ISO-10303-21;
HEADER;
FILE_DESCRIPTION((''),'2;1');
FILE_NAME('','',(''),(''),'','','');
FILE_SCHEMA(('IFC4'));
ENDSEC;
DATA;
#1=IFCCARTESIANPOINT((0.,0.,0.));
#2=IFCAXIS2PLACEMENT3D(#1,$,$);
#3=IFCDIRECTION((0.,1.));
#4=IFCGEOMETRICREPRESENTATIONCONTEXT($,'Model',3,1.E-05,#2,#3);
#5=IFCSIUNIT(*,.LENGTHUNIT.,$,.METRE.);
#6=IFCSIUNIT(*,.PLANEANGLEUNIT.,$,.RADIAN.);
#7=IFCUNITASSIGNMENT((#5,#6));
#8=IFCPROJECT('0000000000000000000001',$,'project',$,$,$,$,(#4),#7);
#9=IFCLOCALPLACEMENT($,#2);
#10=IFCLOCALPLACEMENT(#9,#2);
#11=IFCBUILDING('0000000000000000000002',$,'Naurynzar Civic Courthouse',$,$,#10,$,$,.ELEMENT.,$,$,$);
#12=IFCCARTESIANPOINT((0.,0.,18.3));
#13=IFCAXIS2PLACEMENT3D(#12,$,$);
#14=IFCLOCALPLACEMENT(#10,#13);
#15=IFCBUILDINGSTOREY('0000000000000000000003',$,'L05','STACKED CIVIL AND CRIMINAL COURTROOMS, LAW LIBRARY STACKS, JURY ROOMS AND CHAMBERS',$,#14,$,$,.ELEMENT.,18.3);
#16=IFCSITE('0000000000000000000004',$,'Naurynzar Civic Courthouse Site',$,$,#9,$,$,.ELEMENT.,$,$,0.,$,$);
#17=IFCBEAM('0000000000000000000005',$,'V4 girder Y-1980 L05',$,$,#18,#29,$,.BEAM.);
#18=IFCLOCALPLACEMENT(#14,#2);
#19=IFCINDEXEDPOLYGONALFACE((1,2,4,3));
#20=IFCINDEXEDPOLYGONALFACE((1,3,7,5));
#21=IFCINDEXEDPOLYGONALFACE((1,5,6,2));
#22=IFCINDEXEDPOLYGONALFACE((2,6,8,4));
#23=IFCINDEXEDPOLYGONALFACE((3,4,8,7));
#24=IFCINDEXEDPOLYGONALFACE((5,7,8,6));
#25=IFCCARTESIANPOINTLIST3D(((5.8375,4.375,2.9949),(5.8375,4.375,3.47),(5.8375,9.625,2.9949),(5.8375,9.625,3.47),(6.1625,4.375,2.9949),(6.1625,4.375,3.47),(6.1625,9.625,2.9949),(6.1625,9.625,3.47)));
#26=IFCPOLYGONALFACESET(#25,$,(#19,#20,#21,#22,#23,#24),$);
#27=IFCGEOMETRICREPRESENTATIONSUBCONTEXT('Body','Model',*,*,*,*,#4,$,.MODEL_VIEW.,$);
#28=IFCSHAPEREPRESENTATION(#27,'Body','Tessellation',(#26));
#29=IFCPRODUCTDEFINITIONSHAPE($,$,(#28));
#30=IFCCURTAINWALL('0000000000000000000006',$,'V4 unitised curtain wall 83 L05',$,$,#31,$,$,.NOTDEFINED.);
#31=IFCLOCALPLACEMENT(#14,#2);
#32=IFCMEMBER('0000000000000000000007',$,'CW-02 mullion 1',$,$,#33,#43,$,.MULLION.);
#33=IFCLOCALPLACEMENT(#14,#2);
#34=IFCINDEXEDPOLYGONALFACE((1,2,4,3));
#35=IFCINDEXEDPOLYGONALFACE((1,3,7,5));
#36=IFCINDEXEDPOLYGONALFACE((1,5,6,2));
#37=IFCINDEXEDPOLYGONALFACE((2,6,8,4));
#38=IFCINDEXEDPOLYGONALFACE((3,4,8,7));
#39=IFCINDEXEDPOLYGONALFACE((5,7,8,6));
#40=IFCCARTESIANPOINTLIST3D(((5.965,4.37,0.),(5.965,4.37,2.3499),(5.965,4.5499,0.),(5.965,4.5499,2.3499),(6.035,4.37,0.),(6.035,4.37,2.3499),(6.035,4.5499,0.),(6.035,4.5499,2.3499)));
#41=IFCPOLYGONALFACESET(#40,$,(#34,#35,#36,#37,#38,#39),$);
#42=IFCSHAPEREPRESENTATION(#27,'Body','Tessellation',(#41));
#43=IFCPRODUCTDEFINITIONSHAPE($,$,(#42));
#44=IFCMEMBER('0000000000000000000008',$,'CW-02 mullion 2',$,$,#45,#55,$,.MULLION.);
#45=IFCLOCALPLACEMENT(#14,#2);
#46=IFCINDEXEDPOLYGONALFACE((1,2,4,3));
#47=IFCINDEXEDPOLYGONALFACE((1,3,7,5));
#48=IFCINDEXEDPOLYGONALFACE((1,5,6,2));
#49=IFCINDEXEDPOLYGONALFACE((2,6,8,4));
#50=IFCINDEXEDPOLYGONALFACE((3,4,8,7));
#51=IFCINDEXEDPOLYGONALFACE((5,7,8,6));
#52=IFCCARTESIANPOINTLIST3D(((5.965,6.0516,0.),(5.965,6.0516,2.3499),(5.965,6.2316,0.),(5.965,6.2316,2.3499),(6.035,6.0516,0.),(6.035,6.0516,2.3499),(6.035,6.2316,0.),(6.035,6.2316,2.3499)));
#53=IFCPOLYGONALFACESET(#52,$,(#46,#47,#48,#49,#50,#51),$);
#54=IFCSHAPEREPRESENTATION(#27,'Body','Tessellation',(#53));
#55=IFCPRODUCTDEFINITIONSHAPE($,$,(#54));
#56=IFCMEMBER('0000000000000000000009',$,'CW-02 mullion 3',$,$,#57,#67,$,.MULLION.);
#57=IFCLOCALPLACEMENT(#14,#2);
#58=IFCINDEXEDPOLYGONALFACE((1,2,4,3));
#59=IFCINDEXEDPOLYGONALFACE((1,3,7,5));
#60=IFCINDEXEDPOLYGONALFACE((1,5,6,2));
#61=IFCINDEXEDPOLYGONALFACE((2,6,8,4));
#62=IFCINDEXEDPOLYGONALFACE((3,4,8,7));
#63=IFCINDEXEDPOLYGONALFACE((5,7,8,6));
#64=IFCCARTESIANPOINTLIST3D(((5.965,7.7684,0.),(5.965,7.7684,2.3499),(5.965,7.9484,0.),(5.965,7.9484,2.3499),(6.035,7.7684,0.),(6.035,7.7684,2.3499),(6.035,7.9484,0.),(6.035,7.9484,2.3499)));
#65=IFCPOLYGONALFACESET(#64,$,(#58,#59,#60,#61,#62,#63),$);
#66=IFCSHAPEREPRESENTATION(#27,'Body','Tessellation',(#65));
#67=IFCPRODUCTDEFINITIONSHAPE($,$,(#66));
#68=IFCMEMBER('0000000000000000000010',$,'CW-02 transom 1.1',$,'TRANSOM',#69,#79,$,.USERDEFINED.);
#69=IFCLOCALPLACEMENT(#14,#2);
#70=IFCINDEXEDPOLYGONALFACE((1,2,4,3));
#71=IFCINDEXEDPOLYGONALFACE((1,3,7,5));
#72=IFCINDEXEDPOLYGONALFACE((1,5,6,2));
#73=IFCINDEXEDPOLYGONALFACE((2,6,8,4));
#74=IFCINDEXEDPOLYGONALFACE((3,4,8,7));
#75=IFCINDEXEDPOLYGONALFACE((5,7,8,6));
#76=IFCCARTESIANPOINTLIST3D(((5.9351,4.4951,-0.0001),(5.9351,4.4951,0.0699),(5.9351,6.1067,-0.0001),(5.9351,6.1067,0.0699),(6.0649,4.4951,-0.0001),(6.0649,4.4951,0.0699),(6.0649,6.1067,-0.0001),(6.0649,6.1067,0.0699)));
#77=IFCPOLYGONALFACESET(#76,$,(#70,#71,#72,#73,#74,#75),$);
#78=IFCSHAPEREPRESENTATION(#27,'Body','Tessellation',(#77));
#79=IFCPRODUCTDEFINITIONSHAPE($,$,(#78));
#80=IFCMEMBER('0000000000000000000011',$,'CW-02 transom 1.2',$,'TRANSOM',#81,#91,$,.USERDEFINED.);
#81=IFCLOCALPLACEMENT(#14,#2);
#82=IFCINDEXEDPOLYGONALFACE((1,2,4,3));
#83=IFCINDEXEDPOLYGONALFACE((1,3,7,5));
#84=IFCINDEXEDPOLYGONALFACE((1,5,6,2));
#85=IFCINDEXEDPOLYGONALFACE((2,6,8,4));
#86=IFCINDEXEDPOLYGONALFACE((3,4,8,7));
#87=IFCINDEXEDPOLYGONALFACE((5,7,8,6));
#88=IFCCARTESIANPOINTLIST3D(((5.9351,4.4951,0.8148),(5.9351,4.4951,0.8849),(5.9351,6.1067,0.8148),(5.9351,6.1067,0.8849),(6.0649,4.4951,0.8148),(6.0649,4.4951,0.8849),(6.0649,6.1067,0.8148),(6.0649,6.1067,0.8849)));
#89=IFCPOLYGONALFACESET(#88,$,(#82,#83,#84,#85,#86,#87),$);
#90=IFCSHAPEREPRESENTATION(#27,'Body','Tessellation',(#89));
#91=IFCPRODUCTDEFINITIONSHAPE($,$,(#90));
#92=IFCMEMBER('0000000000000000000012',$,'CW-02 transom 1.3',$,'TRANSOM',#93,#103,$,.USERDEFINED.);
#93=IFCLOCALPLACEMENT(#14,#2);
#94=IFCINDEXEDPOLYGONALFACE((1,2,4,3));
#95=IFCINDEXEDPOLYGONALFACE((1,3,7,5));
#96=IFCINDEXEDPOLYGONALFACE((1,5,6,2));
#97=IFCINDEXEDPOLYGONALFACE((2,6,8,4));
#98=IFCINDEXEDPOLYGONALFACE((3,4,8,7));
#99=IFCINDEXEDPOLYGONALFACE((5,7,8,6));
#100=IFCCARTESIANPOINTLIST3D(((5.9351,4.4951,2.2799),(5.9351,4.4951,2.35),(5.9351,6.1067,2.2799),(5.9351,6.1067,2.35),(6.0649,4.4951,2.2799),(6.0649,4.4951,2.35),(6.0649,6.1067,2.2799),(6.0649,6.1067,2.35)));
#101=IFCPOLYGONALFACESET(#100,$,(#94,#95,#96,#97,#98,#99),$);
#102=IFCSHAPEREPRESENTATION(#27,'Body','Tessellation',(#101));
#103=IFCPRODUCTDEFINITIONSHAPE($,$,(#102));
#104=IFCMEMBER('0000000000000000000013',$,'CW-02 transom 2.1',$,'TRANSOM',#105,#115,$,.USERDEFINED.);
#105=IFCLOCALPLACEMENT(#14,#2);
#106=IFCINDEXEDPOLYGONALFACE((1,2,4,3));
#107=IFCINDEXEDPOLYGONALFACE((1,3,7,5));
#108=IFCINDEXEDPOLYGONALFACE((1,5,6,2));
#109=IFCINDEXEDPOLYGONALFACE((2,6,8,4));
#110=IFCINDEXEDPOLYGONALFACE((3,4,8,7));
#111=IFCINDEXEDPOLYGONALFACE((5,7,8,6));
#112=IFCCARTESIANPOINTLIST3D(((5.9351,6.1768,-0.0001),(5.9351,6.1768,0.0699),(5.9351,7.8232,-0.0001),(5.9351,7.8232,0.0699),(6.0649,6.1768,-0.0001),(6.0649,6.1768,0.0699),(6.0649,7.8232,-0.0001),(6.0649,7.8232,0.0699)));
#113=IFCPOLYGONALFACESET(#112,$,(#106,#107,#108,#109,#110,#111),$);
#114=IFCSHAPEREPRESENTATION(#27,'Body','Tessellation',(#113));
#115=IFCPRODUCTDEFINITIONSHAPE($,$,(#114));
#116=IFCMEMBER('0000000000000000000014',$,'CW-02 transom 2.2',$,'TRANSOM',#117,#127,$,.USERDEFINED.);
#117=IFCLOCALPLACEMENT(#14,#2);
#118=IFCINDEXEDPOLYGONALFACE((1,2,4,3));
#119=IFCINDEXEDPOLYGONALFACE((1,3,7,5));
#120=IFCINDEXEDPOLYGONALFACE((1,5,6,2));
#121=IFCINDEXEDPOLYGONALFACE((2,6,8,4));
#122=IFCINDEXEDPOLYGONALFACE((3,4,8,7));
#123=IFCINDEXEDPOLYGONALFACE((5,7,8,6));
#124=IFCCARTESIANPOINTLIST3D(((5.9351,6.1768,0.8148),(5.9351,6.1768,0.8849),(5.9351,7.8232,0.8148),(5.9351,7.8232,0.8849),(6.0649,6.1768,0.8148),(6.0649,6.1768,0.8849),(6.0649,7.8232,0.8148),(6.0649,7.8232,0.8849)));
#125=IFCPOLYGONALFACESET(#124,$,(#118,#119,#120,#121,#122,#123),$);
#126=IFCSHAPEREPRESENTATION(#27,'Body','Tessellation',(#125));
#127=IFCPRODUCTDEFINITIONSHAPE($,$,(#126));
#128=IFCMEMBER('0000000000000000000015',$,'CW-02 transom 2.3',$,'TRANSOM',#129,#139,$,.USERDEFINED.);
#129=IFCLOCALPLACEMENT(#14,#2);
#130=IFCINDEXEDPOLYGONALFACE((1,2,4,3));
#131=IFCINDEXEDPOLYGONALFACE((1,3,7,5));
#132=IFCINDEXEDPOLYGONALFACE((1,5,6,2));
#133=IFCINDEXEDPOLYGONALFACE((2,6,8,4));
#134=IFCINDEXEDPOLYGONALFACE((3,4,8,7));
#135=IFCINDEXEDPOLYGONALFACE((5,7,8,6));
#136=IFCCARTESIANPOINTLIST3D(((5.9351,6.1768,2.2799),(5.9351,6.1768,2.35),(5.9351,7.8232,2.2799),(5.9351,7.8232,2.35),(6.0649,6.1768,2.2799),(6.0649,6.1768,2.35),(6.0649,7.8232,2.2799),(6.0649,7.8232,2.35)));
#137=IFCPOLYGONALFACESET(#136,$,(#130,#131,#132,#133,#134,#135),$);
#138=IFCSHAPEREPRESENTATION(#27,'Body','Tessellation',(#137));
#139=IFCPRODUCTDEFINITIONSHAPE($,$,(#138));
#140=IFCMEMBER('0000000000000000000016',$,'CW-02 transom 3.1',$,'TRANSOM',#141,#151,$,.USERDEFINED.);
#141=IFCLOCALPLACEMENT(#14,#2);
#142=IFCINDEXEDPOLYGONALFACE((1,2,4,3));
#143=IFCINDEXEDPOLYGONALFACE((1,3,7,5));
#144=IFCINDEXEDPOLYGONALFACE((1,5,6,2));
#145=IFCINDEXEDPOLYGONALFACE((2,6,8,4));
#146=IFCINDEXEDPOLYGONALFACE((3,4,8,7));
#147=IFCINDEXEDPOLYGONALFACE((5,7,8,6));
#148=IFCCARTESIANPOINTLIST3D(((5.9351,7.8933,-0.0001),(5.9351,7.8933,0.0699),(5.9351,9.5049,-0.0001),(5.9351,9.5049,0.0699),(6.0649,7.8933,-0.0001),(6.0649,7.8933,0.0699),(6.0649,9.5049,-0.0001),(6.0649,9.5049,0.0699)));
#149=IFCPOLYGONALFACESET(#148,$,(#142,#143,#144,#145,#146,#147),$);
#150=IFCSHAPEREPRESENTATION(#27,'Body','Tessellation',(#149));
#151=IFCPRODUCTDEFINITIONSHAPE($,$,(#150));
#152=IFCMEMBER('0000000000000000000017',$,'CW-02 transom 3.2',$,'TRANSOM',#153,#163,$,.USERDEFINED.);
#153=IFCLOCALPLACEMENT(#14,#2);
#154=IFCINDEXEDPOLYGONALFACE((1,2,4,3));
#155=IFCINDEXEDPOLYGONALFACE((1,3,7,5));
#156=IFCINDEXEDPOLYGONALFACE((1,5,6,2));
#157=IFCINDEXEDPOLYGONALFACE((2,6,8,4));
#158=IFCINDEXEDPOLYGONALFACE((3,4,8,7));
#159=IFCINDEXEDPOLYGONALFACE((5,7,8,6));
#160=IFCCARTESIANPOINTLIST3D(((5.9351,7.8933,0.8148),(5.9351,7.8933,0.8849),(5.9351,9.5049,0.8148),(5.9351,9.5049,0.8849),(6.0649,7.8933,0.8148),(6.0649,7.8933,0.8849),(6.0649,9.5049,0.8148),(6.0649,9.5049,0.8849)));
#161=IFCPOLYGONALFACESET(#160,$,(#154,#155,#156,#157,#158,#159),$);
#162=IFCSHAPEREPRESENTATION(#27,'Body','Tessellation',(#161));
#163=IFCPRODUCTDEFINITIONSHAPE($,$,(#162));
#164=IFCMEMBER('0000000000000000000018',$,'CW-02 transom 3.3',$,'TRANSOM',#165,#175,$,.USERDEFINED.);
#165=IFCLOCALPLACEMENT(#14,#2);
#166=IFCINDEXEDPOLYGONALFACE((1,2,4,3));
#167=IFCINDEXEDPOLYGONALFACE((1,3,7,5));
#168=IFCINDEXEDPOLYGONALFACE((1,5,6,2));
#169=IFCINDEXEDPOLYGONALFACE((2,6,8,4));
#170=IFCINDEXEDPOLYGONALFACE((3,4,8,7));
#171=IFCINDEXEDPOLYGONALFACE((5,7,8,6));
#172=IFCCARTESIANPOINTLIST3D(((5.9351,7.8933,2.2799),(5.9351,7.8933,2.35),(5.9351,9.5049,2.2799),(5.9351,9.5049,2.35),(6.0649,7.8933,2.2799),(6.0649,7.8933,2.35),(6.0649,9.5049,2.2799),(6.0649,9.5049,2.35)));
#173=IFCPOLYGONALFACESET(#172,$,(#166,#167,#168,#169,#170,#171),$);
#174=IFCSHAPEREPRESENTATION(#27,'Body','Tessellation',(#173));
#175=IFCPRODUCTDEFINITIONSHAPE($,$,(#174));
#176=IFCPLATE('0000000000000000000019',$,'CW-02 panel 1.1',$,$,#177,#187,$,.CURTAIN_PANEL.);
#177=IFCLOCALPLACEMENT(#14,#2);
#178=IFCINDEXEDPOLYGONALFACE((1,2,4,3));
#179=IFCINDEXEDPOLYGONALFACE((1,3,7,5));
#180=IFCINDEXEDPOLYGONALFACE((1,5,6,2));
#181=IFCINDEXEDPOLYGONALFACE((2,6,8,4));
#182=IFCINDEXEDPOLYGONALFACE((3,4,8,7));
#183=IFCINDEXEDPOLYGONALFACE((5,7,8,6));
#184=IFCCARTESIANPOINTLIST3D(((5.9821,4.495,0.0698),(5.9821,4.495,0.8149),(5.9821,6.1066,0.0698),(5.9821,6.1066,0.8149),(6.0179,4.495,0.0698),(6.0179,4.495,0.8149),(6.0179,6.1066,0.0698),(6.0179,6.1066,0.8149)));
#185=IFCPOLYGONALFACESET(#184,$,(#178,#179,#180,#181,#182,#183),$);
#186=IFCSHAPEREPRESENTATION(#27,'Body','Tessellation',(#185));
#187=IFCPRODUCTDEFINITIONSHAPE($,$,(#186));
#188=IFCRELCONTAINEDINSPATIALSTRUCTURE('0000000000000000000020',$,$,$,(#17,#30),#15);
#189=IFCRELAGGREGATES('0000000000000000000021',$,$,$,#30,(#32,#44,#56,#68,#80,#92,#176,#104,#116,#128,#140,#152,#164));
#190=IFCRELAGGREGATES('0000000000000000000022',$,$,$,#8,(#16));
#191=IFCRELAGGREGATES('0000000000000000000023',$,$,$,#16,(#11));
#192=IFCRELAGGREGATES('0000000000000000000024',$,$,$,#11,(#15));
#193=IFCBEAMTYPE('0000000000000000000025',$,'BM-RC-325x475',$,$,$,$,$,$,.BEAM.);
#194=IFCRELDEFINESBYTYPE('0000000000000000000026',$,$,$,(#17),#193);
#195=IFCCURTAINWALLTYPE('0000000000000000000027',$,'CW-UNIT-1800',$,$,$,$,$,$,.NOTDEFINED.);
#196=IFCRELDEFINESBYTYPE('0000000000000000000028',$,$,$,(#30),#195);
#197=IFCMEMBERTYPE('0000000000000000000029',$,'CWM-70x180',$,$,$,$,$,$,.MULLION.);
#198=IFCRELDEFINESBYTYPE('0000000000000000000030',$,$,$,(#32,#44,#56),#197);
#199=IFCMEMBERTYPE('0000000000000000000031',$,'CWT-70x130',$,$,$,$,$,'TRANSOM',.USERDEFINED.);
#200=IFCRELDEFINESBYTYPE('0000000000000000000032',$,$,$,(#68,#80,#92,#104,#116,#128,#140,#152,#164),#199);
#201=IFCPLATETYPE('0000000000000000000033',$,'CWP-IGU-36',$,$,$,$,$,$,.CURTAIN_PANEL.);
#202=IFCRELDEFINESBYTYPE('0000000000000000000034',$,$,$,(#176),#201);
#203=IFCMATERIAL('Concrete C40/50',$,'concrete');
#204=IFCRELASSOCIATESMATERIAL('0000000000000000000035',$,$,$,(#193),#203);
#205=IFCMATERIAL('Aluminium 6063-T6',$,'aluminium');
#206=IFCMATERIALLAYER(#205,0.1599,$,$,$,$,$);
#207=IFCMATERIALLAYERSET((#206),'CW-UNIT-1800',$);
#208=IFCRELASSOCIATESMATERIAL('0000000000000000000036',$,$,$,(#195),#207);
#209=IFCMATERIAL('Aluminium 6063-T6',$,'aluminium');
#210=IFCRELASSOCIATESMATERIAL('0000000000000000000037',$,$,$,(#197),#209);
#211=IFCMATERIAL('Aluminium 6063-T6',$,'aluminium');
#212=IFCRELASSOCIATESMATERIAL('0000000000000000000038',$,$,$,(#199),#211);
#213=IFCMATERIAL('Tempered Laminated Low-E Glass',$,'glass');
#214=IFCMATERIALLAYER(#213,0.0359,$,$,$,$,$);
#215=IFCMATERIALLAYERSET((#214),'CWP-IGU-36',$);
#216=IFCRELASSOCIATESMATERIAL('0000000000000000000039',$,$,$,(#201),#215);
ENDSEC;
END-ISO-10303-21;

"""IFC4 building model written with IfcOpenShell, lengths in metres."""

from ifc_helpers import new_model, si_unit, direction, frame, origin, origin_2d, place, context, subcontext, project, spatial, rectangle, extrude, material, layer, layer_set, material_profile, profile_set, type_object, element, aggregate, save


model = new_model("IFC4")

# Units and contexts
model_context = context("Model", 3, precision=1e-05, world=origin(), true_north=direction((0.0, 1.0)))
body_context = subcontext(model_context, "Body", "Model", "MODEL_VIEW")
ifc_project = project(units=[si_unit("LENGTHUNIT", "METRE"), si_unit("PLANEANGLEUNIT", "RADIAN")], contexts=[model_context])

# Site, building, storey
site_placement = place(None, origin())
site = spatial("IfcSite", under=ifc_project, at=site_placement, Name="Naurynzar Civic Courthouse Site", CompositionType="ELEMENT", RefElevation=0.0)
building_placement = place(site_placement, origin())
building = spatial("IfcBuilding", under=site, at=building_placement, Name="Naurynzar Civic Courthouse", CompositionType="ELEMENT")
storey_placement = place(building_placement, frame((0.0, 0.0, 18.3)))
storey = spatial("IfcBuildingStorey", under=building, at=storey_placement, Name="L05", Description="STACKED CIVIL AND CRIMINAL COURTROOMS, LAW LIBRARY STACKS, JURY ROOMS AND CHAMBERS", CompositionType="ELEMENT", Elevation=18.3)

# Beam
ifc_material_1 = material(Name="Concrete C40/50", Category="concrete")
ifc_material_profile_1 = material_profile(ifc_material_1, rectangle(XDim=0.325, YDim=0.4751, at=origin_2d()), Name="RCB 325x475")
ifc_profile_set_1 = profile_set([ifc_material_profile_1], Name="Concrete C40/50")
beam_type = type_object("IfcBeamType", Name="BM-RC-325x475", PredefinedType="BEAM", material=ifc_profile_set_1)
beam_placement = place(storey_placement, frame((6.0, 4.375, 3.2324), z_axis=(0.0, 1.0, 0.0), x_axis=(-1.0, 0.0, 0.0)))
element("IfcBeam", 1, at=beam_placement, inside=storey, type_object=beam_type, Name="V4 girder Y-1980 L05", PredefinedType="BEAM", context=body_context, shape_type="SweptSolid", body=[
    extrude(rectangle(XDim=0.325, YDim=0.4751, at=origin_2d()), origin(), (0.0, 0.0, 1.0), 5.25),
])

# Curtain wall, members, plate
ifc_material_2 = material(Name="Aluminium 6063-T6", Category="aluminium")
ifc_layer_1 = layer(ifc_material_2, 0.1599)
ifc_layer_set_1 = layer_set([ifc_layer_1], Name="CW-UNIT-1800")
curtain_wall_type = type_object("IfcCurtainWallType", Name="CW-UNIT-1800", PredefinedType="NOTDEFINED", material=ifc_layer_set_1)
curtain_wall_placement = place(storey_placement, origin())
curtain_wall = element("IfcCurtainWall", 2, at=curtain_wall_placement, inside=storey, type_object=curtain_wall_type, Name="V4 unitised curtain wall 83 L05", PredefinedType="NOTDEFINED")
ifc_material_3 = material(Name="Aluminium 6063-T6", Category="aluminium")
ifc_material_profile_2 = material_profile(ifc_material_3, rectangle(XDim=0.0701, YDim=0.1799, at=origin_2d()), Name="ALU MULLION 70x180")
ifc_profile_set_2 = profile_set([ifc_material_profile_2], Name="Aluminium 6063-T6")
member_type_1 = type_object("IfcMemberType", Name="CWM-70x180", PredefinedType="MULLION", material=ifc_profile_set_2)
member_1_placement = place(storey_placement, frame((6.0, 4.46, 0.0), z_axis=(0.0, 0.0, 1.0), x_axis=(-1.0, 0.0, 0.0)))
member_1 = element("IfcMember", 3, at=member_1_placement, type_object=member_type_1, Name="CW-02 mullion 1", PredefinedType="MULLION", context=body_context, shape_type="SweptSolid", body=[
    extrude(rectangle(XDim=0.0701, YDim=0.1799, at=origin_2d()), origin(), (0.0, 0.0, 1.0), 2.3499),
])
member_2_placement = place(storey_placement, frame((6.0, 6.1416, 0.0), z_axis=(0.0, 0.0, 1.0), x_axis=(-1.0, 0.0, 0.0)))
member_2 = element("IfcMember", 4, at=member_2_placement, type_object=member_type_1, Name="CW-02 mullion 2", PredefinedType="MULLION", context=body_context, shape_type="SweptSolid", body=[
    extrude(rectangle(XDim=0.0701, YDim=0.1799, at=origin_2d()), origin(), (0.0, 0.0, 1.0), 2.3499),
])
member_3_placement = place(storey_placement, frame((6.0, 7.8584, 0.0), z_axis=(0.0, 0.0, 1.0), x_axis=(-1.0, 0.0, 0.0)))
member_3 = element("IfcMember", 5, at=member_3_placement, type_object=member_type_1, Name="CW-02 mullion 3", PredefinedType="MULLION", context=body_context, shape_type="SweptSolid", body=[
    extrude(rectangle(XDim=0.0701, YDim=0.1799, at=origin_2d()), origin(), (0.0, 0.0, 1.0), 2.3499),
])
ifc_material_4 = material(Name="Aluminium 6063-T6", Category="aluminium")
ifc_material_profile_3 = material_profile(ifc_material_4, rectangle(XDim=0.1299, YDim=0.0701, at=origin_2d()), Name="ALU TRANSOM 70x130")
ifc_profile_set_3 = profile_set([ifc_material_profile_3], Name="Aluminium 6063-T6")
member_type_2 = type_object("IfcMemberType", Name="CWT-70x130", ElementType="TRANSOM", PredefinedType="USERDEFINED", material=ifc_profile_set_3)
member_4_placement = place(storey_placement, frame((6.0, 4.4951, 0.0349), z_axis=(0.0, 1.0, 0.0), x_axis=(-1.0, 0.0, 0.0)))
member_4 = element("IfcMember", 6, at=member_4_placement, type_object=member_type_2, Name="CW-02 transom 1.1", ObjectType="TRANSOM", PredefinedType="USERDEFINED", context=body_context, shape_type="SweptSolid", body=[
    extrude(rectangle(XDim=0.1299, YDim=0.0701, at=origin_2d()), origin(), (0.0, 0.0, 1.0), 1.6116),
])
member_5_placement = place(storey_placement, frame((6.0, 4.4951, 0.8499), z_axis=(0.0, 1.0, 0.0), x_axis=(-1.0, 0.0, 0.0)))
member_5 = element("IfcMember", 7, at=member_5_placement, type_object=member_type_2, Name="CW-02 transom 1.2", ObjectType="TRANSOM", PredefinedType="USERDEFINED", context=body_context, shape_type="SweptSolid", body=[
    extrude(rectangle(XDim=0.1299, YDim=0.0701, at=origin_2d()), origin(), (0.0, 0.0, 1.0), 1.6116),
])
member_6_placement = place(storey_placement, frame((6.0, 4.4951, 2.3149), z_axis=(0.0, 1.0, 0.0), x_axis=(-1.0, 0.0, 0.0)))
member_6 = element("IfcMember", 8, at=member_6_placement, type_object=member_type_2, Name="CW-02 transom 1.3", ObjectType="TRANSOM", PredefinedType="USERDEFINED", context=body_context, shape_type="SweptSolid", body=[
    extrude(rectangle(XDim=0.1299, YDim=0.0701, at=origin_2d()), origin(), (0.0, 0.0, 1.0), 1.6116),
])
member_7_placement = place(storey_placement, frame((6.0, 6.1768, 0.0349), z_axis=(0.0, 1.0, 0.0), x_axis=(-1.0, 0.0, 0.0)))
member_7 = element("IfcMember", 9, at=member_7_placement, type_object=member_type_2, Name="CW-02 transom 2.1", ObjectType="TRANSOM", PredefinedType="USERDEFINED", context=body_context, shape_type="SweptSolid", body=[
    extrude(rectangle(XDim=0.1299, YDim=0.0701, at=origin_2d()), origin(), (0.0, 0.0, 1.0), 1.6465),
])
member_8_placement = place(storey_placement, frame((6.0, 6.1768, 0.8499), z_axis=(0.0, 1.0, 0.0), x_axis=(-1.0, 0.0, 0.0)))
member_8 = element("IfcMember", 10, at=member_8_placement, type_object=member_type_2, Name="CW-02 transom 2.2", ObjectType="TRANSOM", PredefinedType="USERDEFINED", context=body_context, shape_type="SweptSolid", body=[
    extrude(rectangle(XDim=0.1299, YDim=0.0701, at=origin_2d()), origin(), (0.0, 0.0, 1.0), 1.6465),
])
member_9_placement = place(storey_placement, frame((6.0, 6.1768, 2.3149), z_axis=(0.0, 1.0, 0.0), x_axis=(-1.0, 0.0, 0.0)))
member_9 = element("IfcMember", 11, at=member_9_placement, type_object=member_type_2, Name="CW-02 transom 2.3", ObjectType="TRANSOM", PredefinedType="USERDEFINED", context=body_context, shape_type="SweptSolid", body=[
    extrude(rectangle(XDim=0.1299, YDim=0.0701, at=origin_2d()), origin(), (0.0, 0.0, 1.0), 1.6465),
])
member_10_placement = place(storey_placement, frame((6.0, 7.8933, 0.0349), z_axis=(0.0, 1.0, 0.0), x_axis=(-1.0, 0.0, 0.0)))
member_10 = element("IfcMember", 12, at=member_10_placement, type_object=member_type_2, Name="CW-02 transom 3.1", ObjectType="TRANSOM", PredefinedType="USERDEFINED", context=body_context, shape_type="SweptSolid", body=[
    extrude(rectangle(XDim=0.1299, YDim=0.0701, at=origin_2d()), origin(), (0.0, 0.0, 1.0), 1.6116),
])
member_11_placement = place(storey_placement, frame((6.0, 7.8933, 0.8499), z_axis=(0.0, 1.0, 0.0), x_axis=(-1.0, 0.0, 0.0)))
member_11 = element("IfcMember", 13, at=member_11_placement, type_object=member_type_2, Name="CW-02 transom 3.2", ObjectType="TRANSOM", PredefinedType="USERDEFINED", context=body_context, shape_type="SweptSolid", body=[
    extrude(rectangle(XDim=0.1299, YDim=0.0701, at=origin_2d()), origin(), (0.0, 0.0, 1.0), 1.6116),
])
member_12_placement = place(storey_placement, frame((6.0, 7.8933, 2.3149), z_axis=(0.0, 1.0, 0.0), x_axis=(-1.0, 0.0, 0.0)))
member_12 = element("IfcMember", 14, at=member_12_placement, type_object=member_type_2, Name="CW-02 transom 3.3", ObjectType="TRANSOM", PredefinedType="USERDEFINED", context=body_context, shape_type="SweptSolid", body=[
    extrude(rectangle(XDim=0.1299, YDim=0.0701, at=origin_2d()), origin(), (0.0, 0.0, 1.0), 1.6116),
])
ifc_material_5 = material(Name="Tempered Laminated Low-E Glass", Category="glass")
ifc_layer_2 = layer(ifc_material_5, 0.0359)
ifc_layer_set_2 = layer_set([ifc_layer_2], Name="CWP-IGU-36")
plate_type = type_object("IfcPlateType", Name="CWP-IGU-36", PredefinedType="CURTAIN_PANEL", material=ifc_layer_set_2)
plate_1_placement = place(storey_placement, frame((6.0, 5.3008, 0.0698), z_axis=(0.0, 0.0, 1.0), x_axis=(0.0, 1.0, 0.0)))
plate_1 = element("IfcPlate", 15, at=plate_1_placement, type_object=plate_type, Name="CW-02 panel 1.1", PredefinedType="CURTAIN_PANEL", context=body_context, shape_type="SweptSolid", body=[
    extrude(rectangle(XDim=1.6116, YDim=0.0359, at=origin_2d()), origin(), (0.0, 0.0, 1.0), 0.7451),
])
aggregate(curtain_wall, [member_1, member_2, member_3, member_4, member_5, member_6, plate_1, member_7, member_8, member_9, member_10, member_11, member_12])

save(model, "model.ifc")
